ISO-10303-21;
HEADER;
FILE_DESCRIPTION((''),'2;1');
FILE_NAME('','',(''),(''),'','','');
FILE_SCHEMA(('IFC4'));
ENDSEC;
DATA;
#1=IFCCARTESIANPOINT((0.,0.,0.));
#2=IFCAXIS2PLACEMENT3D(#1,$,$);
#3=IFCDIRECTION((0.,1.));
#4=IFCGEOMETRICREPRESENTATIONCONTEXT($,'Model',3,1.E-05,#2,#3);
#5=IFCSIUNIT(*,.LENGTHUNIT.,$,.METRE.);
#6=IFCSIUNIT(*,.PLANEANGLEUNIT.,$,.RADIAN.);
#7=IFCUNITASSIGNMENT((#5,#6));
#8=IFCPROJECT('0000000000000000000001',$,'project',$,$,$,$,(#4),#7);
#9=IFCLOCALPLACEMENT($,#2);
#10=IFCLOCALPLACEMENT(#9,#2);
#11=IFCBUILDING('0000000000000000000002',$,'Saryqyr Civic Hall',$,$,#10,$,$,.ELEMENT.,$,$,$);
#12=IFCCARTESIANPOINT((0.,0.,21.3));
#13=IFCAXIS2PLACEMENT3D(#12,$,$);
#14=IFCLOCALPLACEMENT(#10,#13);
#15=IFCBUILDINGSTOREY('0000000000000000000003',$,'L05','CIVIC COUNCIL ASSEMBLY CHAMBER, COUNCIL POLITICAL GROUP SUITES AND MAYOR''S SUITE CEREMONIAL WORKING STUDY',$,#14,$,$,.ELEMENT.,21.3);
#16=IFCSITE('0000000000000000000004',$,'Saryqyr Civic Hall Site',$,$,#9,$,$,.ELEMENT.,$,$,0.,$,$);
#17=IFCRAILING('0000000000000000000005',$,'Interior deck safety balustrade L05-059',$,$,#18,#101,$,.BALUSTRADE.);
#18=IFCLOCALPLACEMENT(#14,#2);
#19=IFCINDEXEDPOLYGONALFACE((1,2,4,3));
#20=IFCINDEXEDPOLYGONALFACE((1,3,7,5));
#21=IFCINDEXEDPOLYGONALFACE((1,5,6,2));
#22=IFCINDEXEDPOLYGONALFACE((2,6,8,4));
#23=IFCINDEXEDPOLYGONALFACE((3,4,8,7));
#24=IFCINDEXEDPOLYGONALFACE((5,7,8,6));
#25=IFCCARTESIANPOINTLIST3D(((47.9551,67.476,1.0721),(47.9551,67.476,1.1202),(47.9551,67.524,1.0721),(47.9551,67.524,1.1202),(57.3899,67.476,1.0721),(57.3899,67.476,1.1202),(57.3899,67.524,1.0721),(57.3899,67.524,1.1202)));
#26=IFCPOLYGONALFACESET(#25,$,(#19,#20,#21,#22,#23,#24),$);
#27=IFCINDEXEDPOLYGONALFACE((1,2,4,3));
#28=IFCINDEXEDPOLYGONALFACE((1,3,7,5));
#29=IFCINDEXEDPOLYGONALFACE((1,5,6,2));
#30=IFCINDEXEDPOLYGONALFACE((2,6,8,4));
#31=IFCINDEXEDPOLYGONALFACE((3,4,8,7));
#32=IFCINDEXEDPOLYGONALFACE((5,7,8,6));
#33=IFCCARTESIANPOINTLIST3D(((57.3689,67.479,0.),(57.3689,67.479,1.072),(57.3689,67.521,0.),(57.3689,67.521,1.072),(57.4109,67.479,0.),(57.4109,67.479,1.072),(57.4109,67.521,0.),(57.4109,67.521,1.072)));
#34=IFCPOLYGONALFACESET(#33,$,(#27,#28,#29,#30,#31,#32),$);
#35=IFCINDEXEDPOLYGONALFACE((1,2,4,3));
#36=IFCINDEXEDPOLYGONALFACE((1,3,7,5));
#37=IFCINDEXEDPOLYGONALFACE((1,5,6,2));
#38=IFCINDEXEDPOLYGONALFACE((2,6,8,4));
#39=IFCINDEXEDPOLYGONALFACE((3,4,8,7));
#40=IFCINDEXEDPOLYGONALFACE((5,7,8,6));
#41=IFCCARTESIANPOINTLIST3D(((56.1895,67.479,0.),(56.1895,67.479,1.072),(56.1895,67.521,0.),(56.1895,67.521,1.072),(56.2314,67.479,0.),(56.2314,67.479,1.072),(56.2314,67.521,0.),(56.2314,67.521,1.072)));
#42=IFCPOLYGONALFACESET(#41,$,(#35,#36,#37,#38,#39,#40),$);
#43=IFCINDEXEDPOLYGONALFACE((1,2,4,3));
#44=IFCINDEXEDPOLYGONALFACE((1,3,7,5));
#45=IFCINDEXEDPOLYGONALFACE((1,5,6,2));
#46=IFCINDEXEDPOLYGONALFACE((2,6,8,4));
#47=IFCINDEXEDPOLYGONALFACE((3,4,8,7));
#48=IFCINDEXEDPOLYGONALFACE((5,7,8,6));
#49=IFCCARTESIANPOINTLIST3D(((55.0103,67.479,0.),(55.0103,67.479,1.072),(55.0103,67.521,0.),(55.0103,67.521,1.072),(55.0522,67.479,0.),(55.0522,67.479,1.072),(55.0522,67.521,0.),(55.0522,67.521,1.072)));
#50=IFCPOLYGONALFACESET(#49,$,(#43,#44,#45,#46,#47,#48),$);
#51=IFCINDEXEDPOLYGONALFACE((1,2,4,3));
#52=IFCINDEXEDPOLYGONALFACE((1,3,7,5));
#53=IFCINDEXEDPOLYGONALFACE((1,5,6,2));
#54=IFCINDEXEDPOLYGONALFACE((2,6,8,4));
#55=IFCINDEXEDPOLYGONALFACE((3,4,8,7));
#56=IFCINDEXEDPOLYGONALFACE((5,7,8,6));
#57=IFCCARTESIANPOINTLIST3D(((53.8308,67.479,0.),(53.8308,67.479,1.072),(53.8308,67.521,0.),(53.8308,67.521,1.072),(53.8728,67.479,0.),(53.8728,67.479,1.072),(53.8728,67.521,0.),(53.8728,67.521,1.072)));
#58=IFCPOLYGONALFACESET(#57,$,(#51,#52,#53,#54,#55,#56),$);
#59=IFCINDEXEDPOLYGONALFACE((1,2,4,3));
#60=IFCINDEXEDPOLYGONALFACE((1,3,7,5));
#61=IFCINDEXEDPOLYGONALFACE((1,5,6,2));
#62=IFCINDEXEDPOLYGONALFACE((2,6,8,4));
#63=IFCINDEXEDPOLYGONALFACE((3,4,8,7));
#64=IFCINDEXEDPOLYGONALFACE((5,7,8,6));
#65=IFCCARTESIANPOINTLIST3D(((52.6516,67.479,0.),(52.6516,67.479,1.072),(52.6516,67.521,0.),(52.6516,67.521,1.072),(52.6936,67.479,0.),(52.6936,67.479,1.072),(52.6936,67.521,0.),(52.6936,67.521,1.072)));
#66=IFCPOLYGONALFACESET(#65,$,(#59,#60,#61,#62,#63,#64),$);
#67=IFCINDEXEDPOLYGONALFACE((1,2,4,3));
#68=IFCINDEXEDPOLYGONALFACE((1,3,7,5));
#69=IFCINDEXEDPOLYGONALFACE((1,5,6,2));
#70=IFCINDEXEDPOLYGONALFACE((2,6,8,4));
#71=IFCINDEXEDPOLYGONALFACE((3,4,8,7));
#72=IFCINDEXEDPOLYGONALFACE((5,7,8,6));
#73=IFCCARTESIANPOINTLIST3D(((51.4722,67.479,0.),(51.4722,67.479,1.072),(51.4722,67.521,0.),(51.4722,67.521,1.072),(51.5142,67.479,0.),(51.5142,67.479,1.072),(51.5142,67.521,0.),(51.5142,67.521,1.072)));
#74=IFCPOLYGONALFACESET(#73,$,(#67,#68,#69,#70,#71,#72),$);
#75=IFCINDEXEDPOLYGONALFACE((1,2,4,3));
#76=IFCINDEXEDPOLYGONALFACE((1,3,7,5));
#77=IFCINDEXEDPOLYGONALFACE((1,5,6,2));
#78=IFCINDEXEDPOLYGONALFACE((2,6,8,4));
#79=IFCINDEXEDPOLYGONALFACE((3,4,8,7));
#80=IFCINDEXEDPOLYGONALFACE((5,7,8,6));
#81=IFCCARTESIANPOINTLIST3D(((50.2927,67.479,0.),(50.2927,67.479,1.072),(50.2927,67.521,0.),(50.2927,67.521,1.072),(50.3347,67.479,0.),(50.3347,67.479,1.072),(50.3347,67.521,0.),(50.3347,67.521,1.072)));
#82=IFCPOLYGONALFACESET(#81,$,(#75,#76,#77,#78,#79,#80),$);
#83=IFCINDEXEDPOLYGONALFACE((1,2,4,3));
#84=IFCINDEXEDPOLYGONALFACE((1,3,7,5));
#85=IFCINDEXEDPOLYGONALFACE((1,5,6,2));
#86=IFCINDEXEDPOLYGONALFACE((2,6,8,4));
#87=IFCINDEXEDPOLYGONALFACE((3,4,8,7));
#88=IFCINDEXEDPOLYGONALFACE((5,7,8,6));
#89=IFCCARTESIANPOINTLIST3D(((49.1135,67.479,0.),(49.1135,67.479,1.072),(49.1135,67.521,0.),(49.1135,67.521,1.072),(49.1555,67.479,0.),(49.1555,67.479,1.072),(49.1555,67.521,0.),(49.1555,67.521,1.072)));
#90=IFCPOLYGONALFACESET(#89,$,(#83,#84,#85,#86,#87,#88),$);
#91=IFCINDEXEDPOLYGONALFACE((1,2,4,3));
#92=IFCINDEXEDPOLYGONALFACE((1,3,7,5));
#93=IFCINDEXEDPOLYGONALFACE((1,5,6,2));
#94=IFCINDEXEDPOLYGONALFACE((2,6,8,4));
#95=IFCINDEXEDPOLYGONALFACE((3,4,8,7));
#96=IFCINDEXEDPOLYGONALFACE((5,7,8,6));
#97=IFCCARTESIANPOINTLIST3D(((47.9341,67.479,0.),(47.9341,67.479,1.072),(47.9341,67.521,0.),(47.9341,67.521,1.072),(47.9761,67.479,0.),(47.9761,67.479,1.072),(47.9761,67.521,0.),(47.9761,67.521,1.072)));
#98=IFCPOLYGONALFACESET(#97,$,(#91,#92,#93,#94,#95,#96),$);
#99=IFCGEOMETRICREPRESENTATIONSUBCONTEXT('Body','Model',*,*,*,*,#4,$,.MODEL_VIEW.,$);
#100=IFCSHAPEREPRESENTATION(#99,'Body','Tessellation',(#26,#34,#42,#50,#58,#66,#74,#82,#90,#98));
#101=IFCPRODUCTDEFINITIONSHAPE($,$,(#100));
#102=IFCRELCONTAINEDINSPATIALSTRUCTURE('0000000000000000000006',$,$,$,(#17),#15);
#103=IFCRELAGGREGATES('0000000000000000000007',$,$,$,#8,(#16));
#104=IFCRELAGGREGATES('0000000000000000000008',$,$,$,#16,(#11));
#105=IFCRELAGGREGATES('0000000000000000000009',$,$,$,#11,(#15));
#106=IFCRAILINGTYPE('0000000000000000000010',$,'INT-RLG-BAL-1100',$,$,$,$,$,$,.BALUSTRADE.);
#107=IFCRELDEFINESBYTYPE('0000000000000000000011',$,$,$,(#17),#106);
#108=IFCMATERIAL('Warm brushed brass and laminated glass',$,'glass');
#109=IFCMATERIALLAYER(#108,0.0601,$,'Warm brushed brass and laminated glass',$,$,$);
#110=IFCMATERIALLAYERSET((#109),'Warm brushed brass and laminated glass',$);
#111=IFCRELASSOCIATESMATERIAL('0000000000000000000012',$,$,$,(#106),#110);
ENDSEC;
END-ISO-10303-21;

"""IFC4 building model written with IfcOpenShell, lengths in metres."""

from ifc_helpers import new_model, si_unit, direction, frame, origin, origin_2d, place, context, subcontext, project, spatial, rectangle, extrude, material, layer, layer_set, type_object, element, save


model = new_model("IFC4")

# Units and contexts
model_context = context("Model", 3, precision=1e-05, world=origin(), true_north=direction((0.0, 1.0)))
body_context = subcontext(model_context, "Body", "Model", "MODEL_VIEW")
ifc_project = project(units=[si_unit("LENGTHUNIT", "METRE"), si_unit("PLANEANGLEUNIT", "RADIAN")], contexts=[model_context])

# Site, building, storey
site_placement = place(None, origin())
site = spatial("IfcSite", under=ifc_project, at=site_placement, Name="Saryqyr Civic Hall Site", CompositionType="ELEMENT", RefElevation=0.0)
building_placement = place(site_placement, origin())
building = spatial("IfcBuilding", under=site, at=building_placement, Name="Saryqyr Civic Hall", CompositionType="ELEMENT")
storey_placement = place(building_placement, frame((0.0, 0.0, 21.3)))
storey = spatial("IfcBuildingStorey", under=building, at=storey_placement, Name="L05", Description="CIVIC COUNCIL ASSEMBLY CHAMBER, COUNCIL POLITICAL GROUP SUITES AND MAYOR'S SUITE CEREMONIAL WORKING STUDY", CompositionType="ELEMENT", Elevation=21.3)

# Railing
ifc_material_1 = material(Name="Warm brushed brass and laminated glass", Category="glass")
ifc_layer_1 = layer(ifc_material_1, 0.0601, Name="Warm brushed brass and laminated glass")
ifc_layer_set_1 = layer_set([ifc_layer_1], Name="Warm brushed brass and laminated glass")
railing_type_1 = type_object("IfcRailingType", Name="INT-RLG-BAL-1100", PredefinedType="BALUSTRADE", material=ifc_layer_set_1)
railing_1_placement = place(storey_placement, frame((57.3899, 67.5, 0.0)))
element("IfcRailing", 1, at=railing_1_placement, inside=storey, type_object=railing_type_1, Name="Interior deck safety balustrade L05-059", PredefinedType="BALUSTRADE", context=body_context, shape_type="SweptSolid", body=[
    extrude(rectangle(XDim=0.0481, YDim=0.0481, at=origin_2d()), frame((0.0, 0.0, 1.0962), z_axis=(-1.0, 0.0, 0.0), x_axis=(0.0, -1.0, 0.0)), (0.0, 0.0, 1.0), 9.4348),
    extrude(rectangle(XDim=0.042, YDim=0.042, at=origin_2d()), origin(), (0.0, 0.0, 1.0), 1.072),
    extrude(rectangle(XDim=0.042, YDim=0.042, at=origin_2d()), frame((-1.1794, 0.0, 0.0)), (0.0, 0.0, 1.0), 1.072),
    extrude(rectangle(XDim=0.042, YDim=0.042, at=origin_2d()), frame((-2.3586, 0.0, 0.0)), (0.0, 0.0, 1.0), 1.072),
    extrude(rectangle(XDim=0.042, YDim=0.042, at=origin_2d()), frame((-3.5381, 0.0, 0.0)), (0.0, 0.0, 1.0), 1.072),
    extrude(rectangle(XDim=0.042, YDim=0.042, at=origin_2d()), frame((-4.7173, 0.0, 0.0)), (0.0, 0.0, 1.0), 1.072),
    extrude(rectangle(XDim=0.042, YDim=0.042, at=origin_2d()), frame((-5.8967, 0.0, 0.0)), (0.0, 0.0, 1.0), 1.072),
    extrude(rectangle(XDim=0.042, YDim=0.042, at=origin_2d()), frame((-7.0762, 0.0, 0.0)), (0.0, 0.0, 1.0), 1.072),
    extrude(rectangle(XDim=0.042, YDim=0.042, at=origin_2d()), frame((-8.2554, 0.0, 0.0)), (0.0, 0.0, 1.0), 1.072),
    extrude(rectangle(XDim=0.042, YDim=0.042, at=origin_2d()), frame((-9.4348, 0.0, 0.0)), (0.0, 0.0, 1.0), 1.072),
])

save(model, "model.ifc")
